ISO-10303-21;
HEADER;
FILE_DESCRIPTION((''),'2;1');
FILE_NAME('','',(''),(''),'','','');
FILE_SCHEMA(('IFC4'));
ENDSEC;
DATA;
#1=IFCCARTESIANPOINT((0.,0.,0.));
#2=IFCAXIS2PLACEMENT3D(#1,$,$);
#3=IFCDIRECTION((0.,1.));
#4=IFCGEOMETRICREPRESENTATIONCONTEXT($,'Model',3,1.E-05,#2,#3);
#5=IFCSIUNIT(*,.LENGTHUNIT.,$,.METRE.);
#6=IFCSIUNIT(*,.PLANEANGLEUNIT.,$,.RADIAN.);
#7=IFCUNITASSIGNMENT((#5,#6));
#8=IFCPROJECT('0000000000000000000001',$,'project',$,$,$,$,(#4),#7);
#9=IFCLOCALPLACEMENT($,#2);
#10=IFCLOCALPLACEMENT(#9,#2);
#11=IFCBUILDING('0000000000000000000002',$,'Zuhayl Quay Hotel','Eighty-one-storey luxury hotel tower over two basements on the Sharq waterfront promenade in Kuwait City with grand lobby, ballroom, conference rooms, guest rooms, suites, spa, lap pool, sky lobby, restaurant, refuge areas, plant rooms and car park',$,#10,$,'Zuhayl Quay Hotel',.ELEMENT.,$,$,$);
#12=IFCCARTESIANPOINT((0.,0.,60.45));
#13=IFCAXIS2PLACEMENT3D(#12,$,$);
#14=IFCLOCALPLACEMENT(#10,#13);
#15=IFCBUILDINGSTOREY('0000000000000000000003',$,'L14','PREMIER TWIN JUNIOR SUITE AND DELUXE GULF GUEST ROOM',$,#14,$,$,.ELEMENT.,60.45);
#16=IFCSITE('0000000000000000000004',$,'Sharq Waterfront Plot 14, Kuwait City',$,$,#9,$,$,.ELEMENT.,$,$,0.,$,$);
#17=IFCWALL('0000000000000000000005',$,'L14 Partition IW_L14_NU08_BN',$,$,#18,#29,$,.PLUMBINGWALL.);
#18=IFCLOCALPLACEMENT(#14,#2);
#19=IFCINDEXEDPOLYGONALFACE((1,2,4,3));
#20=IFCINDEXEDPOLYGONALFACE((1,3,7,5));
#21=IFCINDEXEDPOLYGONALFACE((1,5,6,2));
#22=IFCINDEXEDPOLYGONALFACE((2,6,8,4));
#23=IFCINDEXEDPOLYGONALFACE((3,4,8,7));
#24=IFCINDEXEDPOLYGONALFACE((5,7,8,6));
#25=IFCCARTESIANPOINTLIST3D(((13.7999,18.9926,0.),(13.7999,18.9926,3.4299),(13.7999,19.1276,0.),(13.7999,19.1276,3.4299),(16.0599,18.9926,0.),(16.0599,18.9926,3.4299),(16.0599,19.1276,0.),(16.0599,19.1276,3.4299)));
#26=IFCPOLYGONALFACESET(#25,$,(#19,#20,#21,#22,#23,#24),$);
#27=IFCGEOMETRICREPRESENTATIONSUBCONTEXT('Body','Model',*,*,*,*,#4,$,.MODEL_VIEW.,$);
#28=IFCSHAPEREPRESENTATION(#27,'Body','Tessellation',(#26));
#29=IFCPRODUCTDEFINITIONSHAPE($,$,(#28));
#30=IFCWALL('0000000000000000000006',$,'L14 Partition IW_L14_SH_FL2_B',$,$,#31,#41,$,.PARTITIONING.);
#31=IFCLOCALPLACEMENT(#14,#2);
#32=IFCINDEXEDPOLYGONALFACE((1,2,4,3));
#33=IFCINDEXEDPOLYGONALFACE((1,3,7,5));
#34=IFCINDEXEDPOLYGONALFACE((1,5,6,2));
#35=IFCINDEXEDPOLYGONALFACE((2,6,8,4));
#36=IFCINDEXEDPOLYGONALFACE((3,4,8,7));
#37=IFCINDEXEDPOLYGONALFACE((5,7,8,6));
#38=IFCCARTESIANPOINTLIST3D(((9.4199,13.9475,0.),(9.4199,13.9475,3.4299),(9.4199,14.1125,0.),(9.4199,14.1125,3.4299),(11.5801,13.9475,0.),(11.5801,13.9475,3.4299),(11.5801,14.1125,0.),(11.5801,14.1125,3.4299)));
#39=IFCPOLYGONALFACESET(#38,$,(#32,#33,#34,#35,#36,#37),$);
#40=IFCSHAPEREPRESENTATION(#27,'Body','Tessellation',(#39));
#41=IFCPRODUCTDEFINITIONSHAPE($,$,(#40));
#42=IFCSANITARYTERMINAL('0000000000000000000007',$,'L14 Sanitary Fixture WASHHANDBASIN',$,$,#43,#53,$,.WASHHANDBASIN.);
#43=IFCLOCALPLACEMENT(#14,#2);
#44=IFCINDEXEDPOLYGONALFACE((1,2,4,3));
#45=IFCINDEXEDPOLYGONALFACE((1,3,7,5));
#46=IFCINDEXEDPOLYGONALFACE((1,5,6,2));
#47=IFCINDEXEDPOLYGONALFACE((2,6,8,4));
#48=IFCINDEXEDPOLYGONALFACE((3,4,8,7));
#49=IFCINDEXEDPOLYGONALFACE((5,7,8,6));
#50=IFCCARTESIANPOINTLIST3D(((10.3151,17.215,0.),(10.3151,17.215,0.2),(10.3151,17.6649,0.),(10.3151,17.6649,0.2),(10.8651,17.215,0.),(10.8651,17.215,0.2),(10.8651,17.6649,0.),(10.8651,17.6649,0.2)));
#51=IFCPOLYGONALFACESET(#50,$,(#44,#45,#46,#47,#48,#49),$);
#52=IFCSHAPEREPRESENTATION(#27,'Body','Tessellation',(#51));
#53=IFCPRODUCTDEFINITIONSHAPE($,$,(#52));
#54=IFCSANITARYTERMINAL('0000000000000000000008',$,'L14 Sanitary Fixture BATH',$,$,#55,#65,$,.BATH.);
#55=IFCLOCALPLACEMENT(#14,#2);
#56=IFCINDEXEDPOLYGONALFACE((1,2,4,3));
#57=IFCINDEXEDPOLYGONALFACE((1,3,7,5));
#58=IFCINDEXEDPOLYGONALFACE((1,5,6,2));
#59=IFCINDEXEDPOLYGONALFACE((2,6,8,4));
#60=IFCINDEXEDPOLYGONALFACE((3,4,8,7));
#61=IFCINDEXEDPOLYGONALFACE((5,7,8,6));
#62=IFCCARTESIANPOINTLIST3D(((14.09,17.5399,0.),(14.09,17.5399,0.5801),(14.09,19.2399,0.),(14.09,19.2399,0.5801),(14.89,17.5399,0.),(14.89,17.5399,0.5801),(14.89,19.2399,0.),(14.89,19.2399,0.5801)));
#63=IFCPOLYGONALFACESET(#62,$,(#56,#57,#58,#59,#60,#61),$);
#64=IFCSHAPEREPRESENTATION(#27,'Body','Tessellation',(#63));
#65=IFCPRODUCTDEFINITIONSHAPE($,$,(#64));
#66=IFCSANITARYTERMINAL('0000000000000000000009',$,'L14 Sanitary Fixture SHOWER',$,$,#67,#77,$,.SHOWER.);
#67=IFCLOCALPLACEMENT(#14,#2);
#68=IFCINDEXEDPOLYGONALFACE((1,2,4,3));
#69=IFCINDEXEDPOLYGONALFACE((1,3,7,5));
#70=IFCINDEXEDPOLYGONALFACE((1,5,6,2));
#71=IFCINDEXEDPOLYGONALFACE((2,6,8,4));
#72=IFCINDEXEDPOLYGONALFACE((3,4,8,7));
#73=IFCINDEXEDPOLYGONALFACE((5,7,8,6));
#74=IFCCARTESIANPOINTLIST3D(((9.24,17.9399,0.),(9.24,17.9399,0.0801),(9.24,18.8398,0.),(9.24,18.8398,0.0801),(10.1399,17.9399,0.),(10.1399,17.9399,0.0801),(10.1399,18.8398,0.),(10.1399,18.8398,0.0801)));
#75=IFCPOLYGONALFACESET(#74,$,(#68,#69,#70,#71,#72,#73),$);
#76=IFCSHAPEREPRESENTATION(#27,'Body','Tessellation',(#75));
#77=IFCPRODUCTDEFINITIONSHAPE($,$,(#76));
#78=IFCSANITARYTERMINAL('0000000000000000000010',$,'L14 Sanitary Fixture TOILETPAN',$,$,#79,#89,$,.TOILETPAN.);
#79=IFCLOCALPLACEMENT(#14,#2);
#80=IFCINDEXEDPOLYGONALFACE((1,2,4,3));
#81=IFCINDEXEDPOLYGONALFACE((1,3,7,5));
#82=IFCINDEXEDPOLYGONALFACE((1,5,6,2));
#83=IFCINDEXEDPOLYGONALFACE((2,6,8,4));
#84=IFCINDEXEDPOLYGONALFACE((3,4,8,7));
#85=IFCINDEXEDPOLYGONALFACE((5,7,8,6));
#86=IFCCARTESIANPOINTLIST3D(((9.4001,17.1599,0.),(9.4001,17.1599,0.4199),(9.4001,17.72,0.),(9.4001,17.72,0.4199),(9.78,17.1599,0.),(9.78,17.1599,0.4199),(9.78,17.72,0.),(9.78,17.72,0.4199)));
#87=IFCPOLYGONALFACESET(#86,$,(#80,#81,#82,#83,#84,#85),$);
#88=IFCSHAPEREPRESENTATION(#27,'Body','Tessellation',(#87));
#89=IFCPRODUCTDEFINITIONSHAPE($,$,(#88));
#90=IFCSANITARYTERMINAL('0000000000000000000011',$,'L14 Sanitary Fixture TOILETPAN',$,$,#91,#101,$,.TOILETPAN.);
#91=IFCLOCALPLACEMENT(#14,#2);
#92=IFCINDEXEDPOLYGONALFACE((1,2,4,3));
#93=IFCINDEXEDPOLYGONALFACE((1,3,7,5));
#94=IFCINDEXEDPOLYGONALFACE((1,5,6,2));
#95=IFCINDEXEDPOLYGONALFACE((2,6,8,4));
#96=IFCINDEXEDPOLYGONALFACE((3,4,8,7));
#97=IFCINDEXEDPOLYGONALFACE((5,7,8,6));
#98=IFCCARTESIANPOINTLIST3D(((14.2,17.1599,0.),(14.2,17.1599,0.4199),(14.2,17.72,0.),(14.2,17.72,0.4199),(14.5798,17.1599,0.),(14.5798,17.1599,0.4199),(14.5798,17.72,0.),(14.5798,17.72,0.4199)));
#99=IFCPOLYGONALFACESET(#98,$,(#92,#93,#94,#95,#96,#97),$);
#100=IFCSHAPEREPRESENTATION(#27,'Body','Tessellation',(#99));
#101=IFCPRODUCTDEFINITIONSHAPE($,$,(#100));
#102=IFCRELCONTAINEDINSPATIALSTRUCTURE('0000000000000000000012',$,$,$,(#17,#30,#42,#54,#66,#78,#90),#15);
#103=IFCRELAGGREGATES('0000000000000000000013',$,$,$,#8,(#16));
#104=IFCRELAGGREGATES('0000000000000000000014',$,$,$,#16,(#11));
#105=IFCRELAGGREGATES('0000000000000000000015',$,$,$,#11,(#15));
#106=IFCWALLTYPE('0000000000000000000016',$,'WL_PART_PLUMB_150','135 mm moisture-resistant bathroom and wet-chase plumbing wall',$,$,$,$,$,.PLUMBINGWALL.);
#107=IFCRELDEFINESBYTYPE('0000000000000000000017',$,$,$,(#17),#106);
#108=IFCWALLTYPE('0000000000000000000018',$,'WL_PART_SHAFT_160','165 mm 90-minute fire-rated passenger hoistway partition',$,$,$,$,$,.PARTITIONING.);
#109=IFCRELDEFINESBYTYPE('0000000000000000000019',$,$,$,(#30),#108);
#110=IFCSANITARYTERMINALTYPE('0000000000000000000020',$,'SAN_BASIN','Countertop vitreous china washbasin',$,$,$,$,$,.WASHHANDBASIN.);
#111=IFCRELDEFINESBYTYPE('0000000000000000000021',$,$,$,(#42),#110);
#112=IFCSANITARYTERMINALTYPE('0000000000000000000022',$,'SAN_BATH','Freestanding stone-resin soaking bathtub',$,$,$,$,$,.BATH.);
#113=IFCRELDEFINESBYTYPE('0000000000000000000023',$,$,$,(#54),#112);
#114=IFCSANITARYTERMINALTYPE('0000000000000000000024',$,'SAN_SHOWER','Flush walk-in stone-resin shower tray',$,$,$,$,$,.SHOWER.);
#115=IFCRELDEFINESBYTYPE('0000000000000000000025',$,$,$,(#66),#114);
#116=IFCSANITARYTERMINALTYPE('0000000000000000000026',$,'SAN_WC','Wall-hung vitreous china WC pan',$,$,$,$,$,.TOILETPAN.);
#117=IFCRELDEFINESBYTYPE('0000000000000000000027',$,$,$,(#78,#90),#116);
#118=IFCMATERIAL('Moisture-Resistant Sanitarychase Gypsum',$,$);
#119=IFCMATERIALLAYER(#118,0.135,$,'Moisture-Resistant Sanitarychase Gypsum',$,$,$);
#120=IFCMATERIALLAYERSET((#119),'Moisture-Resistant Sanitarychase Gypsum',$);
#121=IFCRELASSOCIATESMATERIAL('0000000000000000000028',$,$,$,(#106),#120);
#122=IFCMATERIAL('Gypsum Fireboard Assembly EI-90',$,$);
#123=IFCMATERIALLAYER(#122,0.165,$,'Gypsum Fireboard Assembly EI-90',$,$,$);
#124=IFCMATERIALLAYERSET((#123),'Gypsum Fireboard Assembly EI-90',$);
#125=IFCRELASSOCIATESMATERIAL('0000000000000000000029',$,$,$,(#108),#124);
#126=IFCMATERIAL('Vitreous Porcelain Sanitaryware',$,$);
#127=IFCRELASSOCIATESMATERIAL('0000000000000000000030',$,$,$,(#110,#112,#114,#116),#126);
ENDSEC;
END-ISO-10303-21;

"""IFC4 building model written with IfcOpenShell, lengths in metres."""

from ifc_helpers import new_model, si_unit, direction, frame, frame_2d, origin, origin_2d, place, context, subcontext, project, spatial, rectangle, extrude, material, layer, layer_set, type_object, element, save


model = new_model("IFC4")

# Units and contexts
model_context = context("Model", 3, precision=1e-05, world=origin(), true_north=direction((0.0, 1.0)))
body_context = subcontext(model_context, "Body", "Model", "MODEL_VIEW")
ifc_project = project(units=[si_unit("LENGTHUNIT", "METRE"), si_unit("PLANEANGLEUNIT", "RADIAN")], contexts=[model_context])

# Site, building, storey
site_placement = place(None, origin())
site = spatial("IfcSite", under=ifc_project, at=site_placement, Name="Sharq Waterfront Plot 14, Kuwait City", CompositionType="ELEMENT", RefElevation=0.0)
building_placement = place(site_placement, origin())
building = spatial("IfcBuilding", under=site, at=building_placement, Name="Zuhayl Quay Hotel", Description="Eighty-one-storey luxury hotel tower over two basements on the Sharq waterfront promenade in Kuwait City with grand lobby, ballroom, conference rooms, guest rooms, suites, spa, lap pool, sky lobby, restaurant, refuge areas, plant rooms and car park", LongName="Zuhayl Quay Hotel", CompositionType="ELEMENT")
storey_placement = place(building_placement, frame((0.0, 0.0, 60.45)))
storey = spatial("IfcBuildingStorey", under=building, at=storey_placement, Name="L14", Description="PREMIER TWIN JUNIOR SUITE AND DELUXE GULF GUEST ROOM", CompositionType="ELEMENT", Elevation=60.45)

# Shared definitions
ifc_material_1 = material(Name="Moisture-Resistant Sanitarychase Gypsum")
ifc_layer_1 = layer(ifc_material_1, 0.135, Name="Moisture-Resistant Sanitarychase Gypsum")
ifc_layer_set_1 = layer_set([ifc_layer_1], Name="Moisture-Resistant Sanitarychase Gypsum")
wall_type_1 = type_object("IfcWallType", Name="WL_PART_PLUMB_150", Description="135 mm moisture-resistant bathroom and wet-chase plumbing wall", PredefinedType="PLUMBINGWALL", material=ifc_layer_set_1)

# Walls
wall_1_placement = place(storey_placement, frame((13.8, 19.0601, 0.0), z_axis=(0.0, 0.0, 1.0), x_axis=(1.0, 0.0, 0.0)))
element("IfcWall", 1, at=wall_1_placement, inside=storey, type_object=wall_type_1, Name="L14 Partition IW_L14_NU08_BN", PredefinedType="PLUMBINGWALL", context=body_context, shape_type="SweptSolid", body=[
    extrude(rectangle(XDim=2.26, YDim=0.135, at=frame_2d((1.1299, 0.0))), origin(), (0.0, 0.0, 1.0), 3.4299),
])
ifc_material_2 = material(Name="Gypsum Fireboard Assembly EI-90")
ifc_layer_2 = layer(ifc_material_2, 0.165, Name="Gypsum Fireboard Assembly EI-90")
ifc_layer_set_2 = layer_set([ifc_layer_2], Name="Gypsum Fireboard Assembly EI-90")
wall_type_2 = type_object("IfcWallType", Name="WL_PART_SHAFT_160", Description="165 mm 90-minute fire-rated passenger hoistway partition", PredefinedType="PARTITIONING", material=ifc_layer_set_2)
wall_2_placement = place(storey_placement, frame((9.4199, 14.03, 0.0), z_axis=(0.0, 0.0, 1.0), x_axis=(1.0, 0.0, 0.0)))
element("IfcWall", 2, at=wall_2_placement, inside=storey, type_object=wall_type_2, Name="L14 Partition IW_L14_SH_FL2_B", PredefinedType="PARTITIONING", context=body_context, shape_type="SweptSolid", body=[
    extrude(rectangle(XDim=2.1602, YDim=0.165, at=frame_2d((1.0801, 0.0))), origin(), (0.0, 0.0, 1.0), 3.4299),
])

# Sanitary terminals
ifc_material_3 = material(Name="Vitreous Porcelain Sanitaryware")
sanitary_terminal_type_1 = type_object("IfcSanitaryTerminalType", Name="SAN_BASIN", Description="Countertop vitreous china washbasin", PredefinedType="WASHHANDBASIN", material=ifc_material_3)
sanitary_terminal_1_placement = place(storey_placement, frame((10.5901, 17.4399, 0.0), z_axis=(0.0, 0.0, 1.0), x_axis=(1.0, 0.0, 0.0)))
element("IfcSanitaryTerminal", 3, at=sanitary_terminal_1_placement, inside=storey, type_object=sanitary_terminal_type_1, Name="L14 Sanitary Fixture WASHHANDBASIN", PredefinedType="WASHHANDBASIN", context=body_context, shape_type="SweptSolid", body=[
    extrude(rectangle(XDim=0.55, YDim=0.45, at=origin_2d()), origin(), (0.0, 0.0, 1.0), 0.2),
])
sanitary_terminal_type_2 = type_object("IfcSanitaryTerminalType", Name="SAN_BATH", Description="Freestanding stone-resin soaking bathtub", PredefinedType="BATH", material=ifc_material_3)
sanitary_terminal_2_placement = place(storey_placement, frame((14.49, 18.3899, 0.0), z_axis=(0.0, 0.0, 1.0), x_axis=(1.0, 0.0, 0.0)))
element("IfcSanitaryTerminal", 4, at=sanitary_terminal_2_placement, inside=storey, type_object=sanitary_terminal_type_2, Name="L14 Sanitary Fixture BATH", PredefinedType="BATH", context=body_context, shape_type="SweptSolid", body=[
    extrude(rectangle(XDim=0.8, YDim=1.7, at=origin_2d()), origin(), (0.0, 0.0, 1.0), 0.5801),
])
sanitary_terminal_type_3 = type_object("IfcSanitaryTerminalType", Name="SAN_SHOWER", Description="Flush walk-in stone-resin shower tray", PredefinedType="SHOWER", material=ifc_material_3)
sanitary_terminal_3_placement = place(storey_placement, frame((9.6899, 18.3899, 0.0), z_axis=(0.0, 0.0, 1.0), x_axis=(1.0, 0.0, 0.0)))
element("IfcSanitaryTerminal", 5, at=sanitary_terminal_3_placement, inside=storey, type_object=sanitary_terminal_type_3, Name="L14 Sanitary Fixture SHOWER", PredefinedType="SHOWER", context=body_context, shape_type="SweptSolid", body=[
    extrude(rectangle(XDim=0.8999, YDim=0.8999, at=origin_2d()), origin(), (0.0, 0.0, 1.0), 0.0801),
])
sanitary_terminal_type_4 = type_object("IfcSanitaryTerminalType", Name="SAN_WC", Description="Wall-hung vitreous china WC pan", PredefinedType="TOILETPAN", material=ifc_material_3)
for number, where, z_axis, x_axis, name in (
    (6, (9.5901, 17.4399, 0.0), (0.0, 0.0, 1.0), (1.0, 0.0, 0.0), "L14 Sanitary Fixture TOILETPAN"),
    (7, (14.3899, 17.4399, 0.0), (0.0, 0.0, 1.0), (1.0, 0.0, 0.0), "L14 Sanitary Fixture TOILETPAN"),
):
    element("IfcSanitaryTerminal", number, at=place(storey_placement, frame(where, z_axis=z_axis, x_axis=x_axis)), inside=storey, type_object=sanitary_terminal_type_4, Name=name, PredefinedType="TOILETPAN", context=body_context, shape_type="SweptSolid", body=[
        extrude(rectangle(XDim=0.3799, YDim=0.5601, at=origin_2d()), origin(), (0.0, 0.0, 1.0), 0.4199),
    ])

save(model, "model.ifc")
